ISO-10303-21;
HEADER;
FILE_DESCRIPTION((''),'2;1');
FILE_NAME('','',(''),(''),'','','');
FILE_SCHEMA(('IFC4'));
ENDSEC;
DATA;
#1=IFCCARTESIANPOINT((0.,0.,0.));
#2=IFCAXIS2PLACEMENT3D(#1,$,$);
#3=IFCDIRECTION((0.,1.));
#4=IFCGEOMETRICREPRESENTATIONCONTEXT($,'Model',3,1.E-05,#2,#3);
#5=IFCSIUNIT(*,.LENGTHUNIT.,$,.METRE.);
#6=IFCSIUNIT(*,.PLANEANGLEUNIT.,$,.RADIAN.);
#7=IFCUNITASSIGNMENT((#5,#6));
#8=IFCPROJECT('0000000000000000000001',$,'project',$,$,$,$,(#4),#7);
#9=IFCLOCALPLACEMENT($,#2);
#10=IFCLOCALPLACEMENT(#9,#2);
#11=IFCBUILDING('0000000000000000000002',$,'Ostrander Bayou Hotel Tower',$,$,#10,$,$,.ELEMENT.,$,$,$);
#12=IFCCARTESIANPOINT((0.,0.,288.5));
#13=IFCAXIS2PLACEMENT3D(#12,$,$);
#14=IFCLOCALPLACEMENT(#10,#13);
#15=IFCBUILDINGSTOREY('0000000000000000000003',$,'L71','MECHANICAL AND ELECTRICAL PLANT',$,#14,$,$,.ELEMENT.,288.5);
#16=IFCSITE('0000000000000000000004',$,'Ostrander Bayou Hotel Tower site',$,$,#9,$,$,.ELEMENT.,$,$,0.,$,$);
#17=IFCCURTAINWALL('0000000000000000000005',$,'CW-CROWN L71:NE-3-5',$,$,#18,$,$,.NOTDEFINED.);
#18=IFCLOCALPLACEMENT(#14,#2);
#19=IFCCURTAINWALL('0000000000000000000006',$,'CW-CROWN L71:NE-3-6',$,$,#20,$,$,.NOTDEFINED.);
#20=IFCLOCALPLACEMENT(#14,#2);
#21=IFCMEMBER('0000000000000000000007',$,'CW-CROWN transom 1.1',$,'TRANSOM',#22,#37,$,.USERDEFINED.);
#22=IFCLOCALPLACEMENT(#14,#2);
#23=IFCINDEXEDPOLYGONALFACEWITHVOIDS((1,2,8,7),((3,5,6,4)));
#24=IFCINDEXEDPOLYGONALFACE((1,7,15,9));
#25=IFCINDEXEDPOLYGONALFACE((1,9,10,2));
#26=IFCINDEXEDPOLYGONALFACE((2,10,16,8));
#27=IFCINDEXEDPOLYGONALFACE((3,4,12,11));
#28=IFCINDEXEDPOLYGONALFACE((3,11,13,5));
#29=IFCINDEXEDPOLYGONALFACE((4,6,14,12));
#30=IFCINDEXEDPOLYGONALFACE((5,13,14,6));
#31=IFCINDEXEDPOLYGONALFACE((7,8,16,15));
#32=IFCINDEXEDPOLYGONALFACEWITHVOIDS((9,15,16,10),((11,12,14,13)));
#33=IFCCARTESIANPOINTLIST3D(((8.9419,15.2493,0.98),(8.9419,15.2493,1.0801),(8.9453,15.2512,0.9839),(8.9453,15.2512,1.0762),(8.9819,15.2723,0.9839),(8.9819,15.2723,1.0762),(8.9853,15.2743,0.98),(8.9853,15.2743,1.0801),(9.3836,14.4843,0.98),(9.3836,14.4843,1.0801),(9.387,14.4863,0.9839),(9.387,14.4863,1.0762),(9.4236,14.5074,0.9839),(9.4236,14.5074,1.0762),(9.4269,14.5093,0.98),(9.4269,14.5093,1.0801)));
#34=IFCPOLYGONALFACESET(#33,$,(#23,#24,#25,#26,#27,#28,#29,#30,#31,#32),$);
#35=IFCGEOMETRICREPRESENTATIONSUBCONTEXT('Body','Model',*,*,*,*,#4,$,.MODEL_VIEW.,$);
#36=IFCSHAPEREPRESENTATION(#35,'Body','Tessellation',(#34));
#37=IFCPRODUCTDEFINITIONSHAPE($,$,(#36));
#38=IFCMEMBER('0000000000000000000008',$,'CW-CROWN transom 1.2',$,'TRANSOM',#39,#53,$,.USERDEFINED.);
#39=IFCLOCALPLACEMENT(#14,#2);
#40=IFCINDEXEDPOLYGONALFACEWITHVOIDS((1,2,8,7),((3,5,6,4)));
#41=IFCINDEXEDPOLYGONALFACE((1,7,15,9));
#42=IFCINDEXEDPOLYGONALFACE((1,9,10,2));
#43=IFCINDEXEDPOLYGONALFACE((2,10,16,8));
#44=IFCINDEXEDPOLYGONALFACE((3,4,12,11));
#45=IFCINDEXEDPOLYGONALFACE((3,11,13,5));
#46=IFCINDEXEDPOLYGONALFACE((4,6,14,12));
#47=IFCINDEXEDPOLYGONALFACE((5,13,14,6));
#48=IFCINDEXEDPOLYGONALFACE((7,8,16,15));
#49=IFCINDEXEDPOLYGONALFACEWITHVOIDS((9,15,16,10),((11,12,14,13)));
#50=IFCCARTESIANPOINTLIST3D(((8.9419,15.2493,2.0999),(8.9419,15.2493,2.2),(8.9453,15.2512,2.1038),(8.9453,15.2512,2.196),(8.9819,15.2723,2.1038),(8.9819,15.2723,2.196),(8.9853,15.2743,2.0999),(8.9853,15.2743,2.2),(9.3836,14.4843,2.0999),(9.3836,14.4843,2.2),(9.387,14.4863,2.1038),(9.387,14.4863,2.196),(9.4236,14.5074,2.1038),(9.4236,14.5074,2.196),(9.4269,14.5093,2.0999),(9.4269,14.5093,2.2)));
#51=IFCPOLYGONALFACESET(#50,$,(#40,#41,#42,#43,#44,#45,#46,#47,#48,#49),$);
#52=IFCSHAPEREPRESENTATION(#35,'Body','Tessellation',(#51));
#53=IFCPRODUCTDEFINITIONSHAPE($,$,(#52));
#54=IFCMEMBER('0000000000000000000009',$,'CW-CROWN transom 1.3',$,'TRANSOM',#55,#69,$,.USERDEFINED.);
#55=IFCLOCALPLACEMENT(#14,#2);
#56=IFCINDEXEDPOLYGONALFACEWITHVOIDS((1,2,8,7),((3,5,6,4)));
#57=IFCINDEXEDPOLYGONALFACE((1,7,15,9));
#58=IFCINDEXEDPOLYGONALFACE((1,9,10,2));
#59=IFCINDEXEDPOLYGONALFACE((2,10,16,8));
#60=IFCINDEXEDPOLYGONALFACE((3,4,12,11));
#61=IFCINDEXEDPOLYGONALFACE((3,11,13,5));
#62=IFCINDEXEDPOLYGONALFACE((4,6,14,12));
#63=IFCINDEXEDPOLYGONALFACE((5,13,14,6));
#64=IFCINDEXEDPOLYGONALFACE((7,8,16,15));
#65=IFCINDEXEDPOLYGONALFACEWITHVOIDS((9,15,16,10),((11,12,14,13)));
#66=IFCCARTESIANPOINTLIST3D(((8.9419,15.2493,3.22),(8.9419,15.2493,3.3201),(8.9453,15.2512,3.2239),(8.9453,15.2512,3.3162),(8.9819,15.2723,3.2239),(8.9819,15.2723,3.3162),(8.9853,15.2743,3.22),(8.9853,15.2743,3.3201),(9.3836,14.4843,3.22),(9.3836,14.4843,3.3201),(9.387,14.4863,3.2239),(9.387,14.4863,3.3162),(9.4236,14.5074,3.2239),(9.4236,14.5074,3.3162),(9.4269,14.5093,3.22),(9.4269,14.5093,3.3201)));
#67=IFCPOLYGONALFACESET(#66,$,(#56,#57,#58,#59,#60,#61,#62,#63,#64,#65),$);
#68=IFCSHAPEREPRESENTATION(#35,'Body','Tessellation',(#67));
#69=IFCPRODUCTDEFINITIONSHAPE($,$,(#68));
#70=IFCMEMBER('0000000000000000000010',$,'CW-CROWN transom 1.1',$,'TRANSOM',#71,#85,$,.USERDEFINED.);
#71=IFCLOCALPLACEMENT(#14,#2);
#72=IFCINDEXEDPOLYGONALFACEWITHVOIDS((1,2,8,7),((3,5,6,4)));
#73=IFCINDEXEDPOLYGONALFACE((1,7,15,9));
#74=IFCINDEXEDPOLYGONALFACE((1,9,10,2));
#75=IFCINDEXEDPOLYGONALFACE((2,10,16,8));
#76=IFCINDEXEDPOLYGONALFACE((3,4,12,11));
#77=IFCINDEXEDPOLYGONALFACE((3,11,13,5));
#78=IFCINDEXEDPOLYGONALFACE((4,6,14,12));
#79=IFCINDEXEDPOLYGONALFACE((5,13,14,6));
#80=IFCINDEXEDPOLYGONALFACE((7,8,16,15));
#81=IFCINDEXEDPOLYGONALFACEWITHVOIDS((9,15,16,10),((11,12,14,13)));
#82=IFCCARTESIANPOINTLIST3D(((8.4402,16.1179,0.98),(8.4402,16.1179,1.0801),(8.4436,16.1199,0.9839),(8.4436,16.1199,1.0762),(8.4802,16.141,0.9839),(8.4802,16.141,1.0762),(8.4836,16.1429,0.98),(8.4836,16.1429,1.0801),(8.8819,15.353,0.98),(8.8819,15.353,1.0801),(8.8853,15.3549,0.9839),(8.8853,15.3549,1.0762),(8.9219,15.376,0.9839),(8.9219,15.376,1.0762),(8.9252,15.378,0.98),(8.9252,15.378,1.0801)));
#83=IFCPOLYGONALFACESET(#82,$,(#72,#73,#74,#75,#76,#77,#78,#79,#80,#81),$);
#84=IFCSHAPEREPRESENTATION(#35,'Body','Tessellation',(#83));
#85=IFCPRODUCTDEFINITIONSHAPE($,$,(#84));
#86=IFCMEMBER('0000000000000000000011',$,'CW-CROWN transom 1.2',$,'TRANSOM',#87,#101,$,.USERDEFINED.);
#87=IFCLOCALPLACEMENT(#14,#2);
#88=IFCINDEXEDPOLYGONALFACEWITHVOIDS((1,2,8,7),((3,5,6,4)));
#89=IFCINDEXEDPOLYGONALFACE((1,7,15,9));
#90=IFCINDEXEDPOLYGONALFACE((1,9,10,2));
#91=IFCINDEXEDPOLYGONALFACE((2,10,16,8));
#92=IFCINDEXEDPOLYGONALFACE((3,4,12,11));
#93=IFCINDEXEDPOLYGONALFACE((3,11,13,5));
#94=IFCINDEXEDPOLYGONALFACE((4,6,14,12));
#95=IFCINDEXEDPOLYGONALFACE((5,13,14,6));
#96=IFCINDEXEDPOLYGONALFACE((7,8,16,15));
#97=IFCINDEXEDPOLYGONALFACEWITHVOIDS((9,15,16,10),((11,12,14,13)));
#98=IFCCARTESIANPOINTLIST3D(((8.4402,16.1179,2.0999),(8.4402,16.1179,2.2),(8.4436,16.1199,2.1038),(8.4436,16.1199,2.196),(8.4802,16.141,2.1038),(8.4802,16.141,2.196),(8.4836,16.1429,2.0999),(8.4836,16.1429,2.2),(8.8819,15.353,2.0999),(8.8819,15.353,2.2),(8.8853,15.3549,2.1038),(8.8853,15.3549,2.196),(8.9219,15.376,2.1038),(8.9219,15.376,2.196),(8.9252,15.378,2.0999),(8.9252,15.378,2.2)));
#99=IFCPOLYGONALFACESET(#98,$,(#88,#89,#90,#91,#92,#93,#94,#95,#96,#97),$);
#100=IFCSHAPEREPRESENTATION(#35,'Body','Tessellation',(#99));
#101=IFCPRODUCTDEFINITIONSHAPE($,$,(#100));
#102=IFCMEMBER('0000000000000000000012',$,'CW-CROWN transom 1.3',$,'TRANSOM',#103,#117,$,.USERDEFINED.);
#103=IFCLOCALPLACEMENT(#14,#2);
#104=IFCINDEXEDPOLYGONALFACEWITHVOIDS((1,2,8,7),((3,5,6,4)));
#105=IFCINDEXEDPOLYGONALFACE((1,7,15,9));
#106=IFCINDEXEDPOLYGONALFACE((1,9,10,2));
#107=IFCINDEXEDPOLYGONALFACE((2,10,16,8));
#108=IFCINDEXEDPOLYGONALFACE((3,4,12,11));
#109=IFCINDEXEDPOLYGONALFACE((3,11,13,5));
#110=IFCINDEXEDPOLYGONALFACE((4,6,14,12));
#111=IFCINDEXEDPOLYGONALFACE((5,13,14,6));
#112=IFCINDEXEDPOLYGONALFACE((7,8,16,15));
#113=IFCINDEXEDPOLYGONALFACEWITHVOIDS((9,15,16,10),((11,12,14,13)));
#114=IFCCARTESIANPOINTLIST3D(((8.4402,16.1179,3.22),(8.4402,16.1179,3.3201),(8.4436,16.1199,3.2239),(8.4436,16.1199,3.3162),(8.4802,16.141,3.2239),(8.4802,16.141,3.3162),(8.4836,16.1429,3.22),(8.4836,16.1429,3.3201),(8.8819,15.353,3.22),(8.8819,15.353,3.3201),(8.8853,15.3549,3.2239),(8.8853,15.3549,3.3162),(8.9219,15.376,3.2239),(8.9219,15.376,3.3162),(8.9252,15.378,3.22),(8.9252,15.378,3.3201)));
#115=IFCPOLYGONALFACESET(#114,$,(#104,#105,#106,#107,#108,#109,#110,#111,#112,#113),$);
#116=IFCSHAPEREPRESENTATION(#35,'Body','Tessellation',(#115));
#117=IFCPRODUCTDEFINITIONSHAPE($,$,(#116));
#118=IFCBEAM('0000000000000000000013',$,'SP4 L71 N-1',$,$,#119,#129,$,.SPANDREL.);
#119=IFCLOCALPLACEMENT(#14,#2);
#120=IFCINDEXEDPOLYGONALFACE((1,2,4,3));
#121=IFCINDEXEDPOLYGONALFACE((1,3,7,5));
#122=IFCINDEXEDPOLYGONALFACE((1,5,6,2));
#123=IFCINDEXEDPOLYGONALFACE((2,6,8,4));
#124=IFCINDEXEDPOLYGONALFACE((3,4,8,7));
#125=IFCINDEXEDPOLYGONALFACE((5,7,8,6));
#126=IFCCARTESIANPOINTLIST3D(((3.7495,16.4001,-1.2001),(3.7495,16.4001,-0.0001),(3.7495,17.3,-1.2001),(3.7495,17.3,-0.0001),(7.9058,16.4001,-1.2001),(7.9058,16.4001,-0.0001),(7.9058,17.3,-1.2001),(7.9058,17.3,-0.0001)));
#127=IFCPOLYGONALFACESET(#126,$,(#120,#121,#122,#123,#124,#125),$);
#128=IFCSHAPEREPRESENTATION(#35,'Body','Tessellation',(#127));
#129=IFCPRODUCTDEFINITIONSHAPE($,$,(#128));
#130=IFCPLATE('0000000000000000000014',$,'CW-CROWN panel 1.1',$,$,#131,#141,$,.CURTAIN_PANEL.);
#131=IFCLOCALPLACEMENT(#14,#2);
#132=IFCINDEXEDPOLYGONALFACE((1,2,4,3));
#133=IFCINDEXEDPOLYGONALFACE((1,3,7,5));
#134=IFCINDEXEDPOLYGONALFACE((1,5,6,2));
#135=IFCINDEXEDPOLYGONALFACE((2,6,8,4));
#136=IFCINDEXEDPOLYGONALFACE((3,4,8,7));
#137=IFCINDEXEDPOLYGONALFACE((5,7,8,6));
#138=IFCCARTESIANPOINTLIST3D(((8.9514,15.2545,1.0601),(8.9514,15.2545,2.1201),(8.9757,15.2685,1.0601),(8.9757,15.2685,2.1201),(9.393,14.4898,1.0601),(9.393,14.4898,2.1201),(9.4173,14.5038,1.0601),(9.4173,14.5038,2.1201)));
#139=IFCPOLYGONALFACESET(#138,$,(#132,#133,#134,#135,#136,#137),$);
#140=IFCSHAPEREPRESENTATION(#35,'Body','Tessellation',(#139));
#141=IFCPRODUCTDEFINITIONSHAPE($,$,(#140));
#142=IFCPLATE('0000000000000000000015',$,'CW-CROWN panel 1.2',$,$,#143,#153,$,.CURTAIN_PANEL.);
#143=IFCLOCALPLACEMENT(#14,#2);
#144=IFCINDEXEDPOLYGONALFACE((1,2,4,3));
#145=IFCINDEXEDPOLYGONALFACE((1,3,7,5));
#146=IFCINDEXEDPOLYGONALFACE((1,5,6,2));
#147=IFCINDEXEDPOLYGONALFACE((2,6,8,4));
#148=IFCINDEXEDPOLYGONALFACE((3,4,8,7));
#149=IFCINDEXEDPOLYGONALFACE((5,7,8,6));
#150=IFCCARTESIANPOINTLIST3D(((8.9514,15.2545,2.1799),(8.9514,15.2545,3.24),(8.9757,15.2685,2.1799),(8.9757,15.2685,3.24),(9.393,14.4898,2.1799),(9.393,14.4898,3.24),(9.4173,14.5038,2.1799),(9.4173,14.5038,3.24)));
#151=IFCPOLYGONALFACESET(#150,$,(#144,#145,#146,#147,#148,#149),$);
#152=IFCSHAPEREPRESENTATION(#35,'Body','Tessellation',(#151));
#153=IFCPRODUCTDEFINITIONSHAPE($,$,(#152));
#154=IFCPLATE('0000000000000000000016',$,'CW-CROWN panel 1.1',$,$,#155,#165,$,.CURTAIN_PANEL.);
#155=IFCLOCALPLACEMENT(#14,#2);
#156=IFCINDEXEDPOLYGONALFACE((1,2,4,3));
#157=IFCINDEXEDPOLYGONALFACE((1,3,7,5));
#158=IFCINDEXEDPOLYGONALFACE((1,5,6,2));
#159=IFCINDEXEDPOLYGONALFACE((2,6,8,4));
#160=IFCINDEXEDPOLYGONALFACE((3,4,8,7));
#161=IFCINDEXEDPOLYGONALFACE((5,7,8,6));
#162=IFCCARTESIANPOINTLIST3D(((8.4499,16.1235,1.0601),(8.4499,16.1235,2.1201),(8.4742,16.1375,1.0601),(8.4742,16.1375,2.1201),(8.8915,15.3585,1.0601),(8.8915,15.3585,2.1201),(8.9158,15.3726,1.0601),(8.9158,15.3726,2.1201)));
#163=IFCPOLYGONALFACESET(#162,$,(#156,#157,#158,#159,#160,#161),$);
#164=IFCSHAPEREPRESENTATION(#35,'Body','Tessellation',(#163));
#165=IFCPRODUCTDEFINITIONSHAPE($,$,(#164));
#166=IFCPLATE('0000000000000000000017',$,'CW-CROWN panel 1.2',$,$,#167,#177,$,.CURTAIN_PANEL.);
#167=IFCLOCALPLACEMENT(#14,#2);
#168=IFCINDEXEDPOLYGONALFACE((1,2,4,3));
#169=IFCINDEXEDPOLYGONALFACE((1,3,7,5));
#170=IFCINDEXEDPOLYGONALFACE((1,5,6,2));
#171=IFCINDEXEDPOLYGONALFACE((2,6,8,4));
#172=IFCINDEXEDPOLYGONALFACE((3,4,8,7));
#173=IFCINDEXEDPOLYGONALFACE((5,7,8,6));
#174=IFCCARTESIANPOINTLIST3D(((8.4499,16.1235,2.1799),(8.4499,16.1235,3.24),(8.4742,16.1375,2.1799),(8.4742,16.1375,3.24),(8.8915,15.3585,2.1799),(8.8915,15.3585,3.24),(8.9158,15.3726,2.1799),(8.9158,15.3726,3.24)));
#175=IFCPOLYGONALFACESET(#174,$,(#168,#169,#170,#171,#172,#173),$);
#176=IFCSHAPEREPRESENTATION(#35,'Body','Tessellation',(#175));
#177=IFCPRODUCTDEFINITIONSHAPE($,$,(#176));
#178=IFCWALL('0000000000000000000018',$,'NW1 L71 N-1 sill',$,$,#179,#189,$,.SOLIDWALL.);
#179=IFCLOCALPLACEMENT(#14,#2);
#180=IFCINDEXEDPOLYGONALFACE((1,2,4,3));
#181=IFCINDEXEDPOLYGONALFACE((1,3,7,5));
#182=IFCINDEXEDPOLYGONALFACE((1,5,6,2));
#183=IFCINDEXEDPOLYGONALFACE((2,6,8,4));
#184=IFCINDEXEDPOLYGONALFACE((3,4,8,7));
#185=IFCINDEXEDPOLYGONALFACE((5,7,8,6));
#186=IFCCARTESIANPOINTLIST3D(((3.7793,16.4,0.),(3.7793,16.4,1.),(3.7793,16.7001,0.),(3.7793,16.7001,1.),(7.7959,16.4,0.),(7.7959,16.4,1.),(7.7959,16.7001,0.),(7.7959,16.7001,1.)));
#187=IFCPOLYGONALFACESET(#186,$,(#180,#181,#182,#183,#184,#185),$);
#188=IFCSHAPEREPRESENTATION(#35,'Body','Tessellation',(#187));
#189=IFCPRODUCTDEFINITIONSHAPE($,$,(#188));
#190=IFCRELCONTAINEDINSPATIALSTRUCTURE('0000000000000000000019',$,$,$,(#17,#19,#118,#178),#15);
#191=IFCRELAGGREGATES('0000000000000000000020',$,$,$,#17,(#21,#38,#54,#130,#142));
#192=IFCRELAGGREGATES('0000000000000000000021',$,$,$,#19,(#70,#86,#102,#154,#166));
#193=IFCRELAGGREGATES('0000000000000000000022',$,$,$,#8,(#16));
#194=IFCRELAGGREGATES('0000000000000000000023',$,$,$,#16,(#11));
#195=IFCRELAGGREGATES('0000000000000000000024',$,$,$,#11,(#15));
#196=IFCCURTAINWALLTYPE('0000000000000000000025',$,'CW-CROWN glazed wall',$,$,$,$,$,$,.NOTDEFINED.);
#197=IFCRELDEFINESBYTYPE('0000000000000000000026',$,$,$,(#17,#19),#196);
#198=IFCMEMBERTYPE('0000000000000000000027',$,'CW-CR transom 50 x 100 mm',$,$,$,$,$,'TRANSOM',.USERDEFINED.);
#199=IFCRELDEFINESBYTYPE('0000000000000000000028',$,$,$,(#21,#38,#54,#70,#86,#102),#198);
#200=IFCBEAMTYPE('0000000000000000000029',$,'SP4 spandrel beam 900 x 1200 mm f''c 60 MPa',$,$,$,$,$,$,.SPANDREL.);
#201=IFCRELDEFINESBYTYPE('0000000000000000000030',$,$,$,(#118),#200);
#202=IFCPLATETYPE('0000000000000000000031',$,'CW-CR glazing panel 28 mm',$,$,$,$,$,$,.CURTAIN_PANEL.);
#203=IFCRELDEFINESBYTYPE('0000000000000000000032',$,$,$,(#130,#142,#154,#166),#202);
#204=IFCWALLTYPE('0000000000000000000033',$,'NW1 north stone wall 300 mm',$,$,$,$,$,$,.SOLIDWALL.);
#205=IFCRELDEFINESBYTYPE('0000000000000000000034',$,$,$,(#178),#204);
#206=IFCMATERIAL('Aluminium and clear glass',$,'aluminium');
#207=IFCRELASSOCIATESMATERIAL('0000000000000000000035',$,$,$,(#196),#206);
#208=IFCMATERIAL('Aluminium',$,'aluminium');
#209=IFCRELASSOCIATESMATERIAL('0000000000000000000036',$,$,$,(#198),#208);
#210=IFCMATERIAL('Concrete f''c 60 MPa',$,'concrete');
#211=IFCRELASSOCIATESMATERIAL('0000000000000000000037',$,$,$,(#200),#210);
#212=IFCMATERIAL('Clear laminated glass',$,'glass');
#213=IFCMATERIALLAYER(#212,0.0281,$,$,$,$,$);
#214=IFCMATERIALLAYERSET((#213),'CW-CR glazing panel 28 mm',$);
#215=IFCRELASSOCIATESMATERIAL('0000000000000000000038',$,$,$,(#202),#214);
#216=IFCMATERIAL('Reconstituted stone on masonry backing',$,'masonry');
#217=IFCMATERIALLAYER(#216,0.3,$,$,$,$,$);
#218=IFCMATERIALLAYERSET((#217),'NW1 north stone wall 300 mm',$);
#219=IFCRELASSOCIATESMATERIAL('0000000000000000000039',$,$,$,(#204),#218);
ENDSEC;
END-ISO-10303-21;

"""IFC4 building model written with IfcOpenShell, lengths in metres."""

from ifc_helpers import new_model, si_unit, direction, frame, frame_2d, origin, origin_2d, place, context, subcontext, project, spatial, rectangle, hollow_rectangle, extrude, material, layer, layer_set, material_profile, profile_set, type_object, element, aggregate, save


model = new_model("IFC4")

# Units and contexts
model_context = context("Model", 3, precision=1e-05, world=origin(), true_north=direction((0.0, 1.0)))
body_context = subcontext(model_context, "Body", "Model", "MODEL_VIEW")
ifc_project = project(units=[si_unit("LENGTHUNIT", "METRE"), si_unit("PLANEANGLEUNIT", "RADIAN")], contexts=[model_context])

# Site, building, storey
site_placement = place(None, origin())
site = spatial("IfcSite", under=ifc_project, at=site_placement, Name="Ostrander Bayou Hotel Tower site", CompositionType="ELEMENT", RefElevation=0.0)
building_placement = place(site_placement, origin())
building = spatial("IfcBuilding", under=site, at=building_placement, Name="Ostrander Bayou Hotel Tower", CompositionType="ELEMENT")
storey_placement = place(building_placement, frame((0.0, 0.0, 288.5)))
storey = spatial("IfcBuildingStorey", under=building, at=storey_placement, Name="L71", Description="MECHANICAL AND ELECTRICAL PLANT", CompositionType="ELEMENT", Elevation=288.5)

# Shared definitions
ifc_material_1 = material(Name="Aluminium and clear glass", Category="aluminium")
curtain_wall_type = type_object("IfcCurtainWallType", Name="CW-CROWN glazed wall", PredefinedType="NOTDEFINED", material=ifc_material_1)

# Curtain walls
curtain_wall_1_placement = place(storey_placement, origin())
curtain_wall_1 = element("IfcCurtainWall", 1, at=curtain_wall_1_placement, inside=storey, type_object=curtain_wall_type, Name="CW-CROWN L71:NE-3-5", PredefinedType="NOTDEFINED")
curtain_wall_2_placement = place(storey_placement, origin())
curtain_wall_2 = element("IfcCurtainWall", 2, at=curtain_wall_2_placement, inside=storey, type_object=curtain_wall_type, Name="CW-CROWN L71:NE-3-6", PredefinedType="NOTDEFINED")

# Members
ifc_material_2 = material(Name="Aluminium", Category="aluminium")
ifc_material_profile_1 = material_profile(ifc_material_2, hollow_rectangle(XDim=0.05, YDim=0.1001, WallThickness=0.0039, at=origin_2d()))
ifc_profile_set_1 = profile_set([ifc_material_profile_1], Name="Aluminium")
member_type_1 = type_object("IfcMemberType", Name="CW-CR transom 50 x 100 mm", ElementType="TRANSOM", PredefinedType="USERDEFINED", material=ifc_profile_set_1)
member_1_placement = place(storey_placement, frame((9.4053, 14.4968, 1.03), z_axis=(-0.500034, 0.866006, 0.0), x_axis=(-0.866006, -0.500034, 0.0)))
member_1 = element("IfcMember", 3, at=member_1_placement, type_object=member_type_1, Name="CW-CROWN transom 1.1", ObjectType="TRANSOM", PredefinedType="USERDEFINED", context=body_context, shape_type="SweptSolid", body=[
    extrude(hollow_rectangle(XDim=0.05, YDim=0.1001, WallThickness=0.0039, at=origin_2d()), origin(), (0.0, 0.0, 1.0), 0.8833),
])
member_2_placement = place(storey_placement, frame((9.4053, 14.4968, 2.1499), z_axis=(-0.500034, 0.866006, 0.0), x_axis=(-0.866006, -0.500034, 0.0)))
member_2 = element("IfcMember", 4, at=member_2_placement, type_object=member_type_1, Name="CW-CROWN transom 1.2", ObjectType="TRANSOM", PredefinedType="USERDEFINED", context=body_context, shape_type="SweptSolid", body=[
    extrude(hollow_rectangle(XDim=0.05, YDim=0.1001, WallThickness=0.0039, at=origin_2d()), origin(), (0.0, 0.0, 1.0), 0.8833),
])
member_3_placement = place(storey_placement, frame((9.4053, 14.4968, 3.27), z_axis=(-0.500034, 0.866006, 0.0), x_axis=(-0.866006, -0.500034, 0.0)))
member_3 = element("IfcMember", 5, at=member_3_placement, type_object=member_type_1, Name="CW-CROWN transom 1.3", ObjectType="TRANSOM", PredefinedType="USERDEFINED", context=body_context, shape_type="SweptSolid", body=[
    extrude(hollow_rectangle(XDim=0.05, YDim=0.1001, WallThickness=0.0039, at=origin_2d()), origin(), (0.0, 0.0, 1.0), 0.8833),
])
member_4_placement = place(storey_placement, frame((8.9036, 15.3655, 1.03), z_axis=(-0.500034, 0.866006, 0.0), x_axis=(-0.866006, -0.500034, 0.0)))
member_4 = element("IfcMember", 6, at=member_4_placement, type_object=member_type_1, Name="CW-CROWN transom 1.1", ObjectType="TRANSOM", PredefinedType="USERDEFINED", context=body_context, shape_type="SweptSolid", body=[
    extrude(hollow_rectangle(XDim=0.05, YDim=0.1001, WallThickness=0.0039, at=origin_2d()), origin(), (0.0, 0.0, 1.0), 0.8833),
])
member_5_placement = place(storey_placement, frame((8.9036, 15.3655, 2.1499), z_axis=(-0.500034, 0.866006, 0.0), x_axis=(-0.866006, -0.500034, 0.0)))
member_5 = element("IfcMember", 7, at=member_5_placement, type_object=member_type_1, Name="CW-CROWN transom 1.2", ObjectType="TRANSOM", PredefinedType="USERDEFINED", context=body_context, shape_type="SweptSolid", body=[
    extrude(hollow_rectangle(XDim=0.05, YDim=0.1001, WallThickness=0.0039, at=origin_2d()), origin(), (0.0, 0.0, 1.0), 0.8833),
])
member_6_placement = place(storey_placement, frame((8.9036, 15.3655, 3.27), z_axis=(-0.500034, 0.866006, 0.0), x_axis=(-0.866006, -0.500034, 0.0)))
member_6 = element("IfcMember", 8, at=member_6_placement, type_object=member_type_1, Name="CW-CROWN transom 1.3", ObjectType="TRANSOM", PredefinedType="USERDEFINED", context=body_context, shape_type="SweptSolid", body=[
    extrude(hollow_rectangle(XDim=0.05, YDim=0.1001, WallThickness=0.0039, at=origin_2d()), origin(), (0.0, 0.0, 1.0), 0.8833),
])

# Beam
ifc_material_3 = material(Name="Concrete f'c 60 MPa", Category="concrete")
ifc_material_profile_2 = material_profile(ifc_material_3, rectangle(XDim=0.8999, YDim=1.2, at=origin_2d()))
ifc_profile_set_2 = profile_set([ifc_material_profile_2], Name="Concrete f'c 60 MPa")
beam_type = type_object("IfcBeamType", Name="SP4 spandrel beam 900 x 1200 mm f'c 60 MPa", PredefinedType="SPANDREL", material=ifc_profile_set_2)
beam_placement = place(storey_placement, frame((7.9058, 16.8501, -0.6001), z_axis=(-1.0, 0.0, 0.0), x_axis=(0.0, -1.0, 0.0)))
element("IfcBeam", 9, at=beam_placement, inside=storey, type_object=beam_type, Name="SP4 L71 N-1", PredefinedType="SPANDREL", context=body_context, shape_type="SweptSolid", body=[
    extrude(rectangle(XDim=0.8999, YDim=1.2, at=origin_2d()), origin(), (0.0, 0.0, 1.0), 4.1562),
])

# Plates
ifc_material_4 = material(Name="Clear laminated glass", Category="glass")
ifc_layer_1 = layer(ifc_material_4, 0.0281)
ifc_layer_set_1 = layer_set([ifc_layer_1], Name="CW-CR glazing panel 28 mm")
plate_type = type_object("IfcPlateType", Name="CW-CR glazing panel 28 mm", PredefinedType="CURTAIN_PANEL", material=ifc_layer_set_1)
plate_1_placement = place(storey_placement, frame((9.1843, 14.8792, 1.0601), z_axis=(0.0, 0.0, 1.0), x_axis=(-0.500042, 0.866001, 0.0)))
plate_1 = element("IfcPlate", 10, at=plate_1_placement, type_object=plate_type, Name="CW-CROWN panel 1.1", PredefinedType="CURTAIN_PANEL", context=body_context, shape_type="SweptSolid", body=[
    extrude(rectangle(XDim=0.8831, YDim=0.0281, at=origin_2d()), origin(), (0.0, 0.0, 1.0), 1.0601),
])
plate_2_placement = place(storey_placement, frame((9.1843, 14.8792, 2.1799), z_axis=(0.0, 0.0, 1.0), x_axis=(-0.500042, 0.866001, 0.0)))
plate_2 = element("IfcPlate", 11, at=plate_2_placement, type_object=plate_type, Name="CW-CROWN panel 1.2", PredefinedType="CURTAIN_PANEL", context=body_context, shape_type="SweptSolid", body=[
    extrude(rectangle(XDim=0.8831, YDim=0.0281, at=origin_2d()), origin(), (0.0, 0.0, 1.0), 1.0601),
])
aggregate(curtain_wall_1, [member_1, member_2, member_3, plate_1, plate_2])
plate_3_placement = place(storey_placement, frame((8.6829, 15.748, 1.0601), z_axis=(0.0, 0.0, 1.0), x_axis=(-0.499999, 0.866026, 0.0)))
plate_3 = element("IfcPlate", 12, at=plate_3_placement, type_object=plate_type, Name="CW-CROWN panel 1.1", PredefinedType="CURTAIN_PANEL", context=body_context, shape_type="SweptSolid", body=[
    extrude(rectangle(XDim=0.8833, YDim=0.0281, at=origin_2d()), origin(), (0.0, 0.0, 1.0), 1.0601),
])
plate_4_placement = place(storey_placement, frame((8.6829, 15.748, 2.1799), z_axis=(0.0, 0.0, 1.0), x_axis=(-0.499999, 0.866026, 0.0)))
plate_4 = element("IfcPlate", 13, at=plate_4_placement, type_object=plate_type, Name="CW-CROWN panel 1.2", PredefinedType="CURTAIN_PANEL", context=body_context, shape_type="SweptSolid", body=[
    extrude(rectangle(XDim=0.8833, YDim=0.0281, at=origin_2d()), origin(), (0.0, 0.0, 1.0), 1.0601),
])
aggregate(curtain_wall_2, [member_4, member_5, member_6, plate_3, plate_4])

# Wall
ifc_material_5 = material(Name="Reconstituted stone on masonry backing", Category="masonry")
ifc_layer_2 = layer(ifc_material_5, 0.3)
ifc_layer_set_2 = layer_set([ifc_layer_2], Name="NW1 north stone wall 300 mm")
wall_type = type_object("IfcWallType", Name="NW1 north stone wall 300 mm", PredefinedType="SOLIDWALL", material=ifc_layer_set_2)
wall_1_placement = place(storey_placement, frame((7.7959, 16.55, 0.0), z_axis=(0.0, 0.0, 1.0), x_axis=(-1.0, 0.0, 0.0)))
element("IfcWall", 14, at=wall_1_placement, inside=storey, type_object=wall_type, Name="NW1 L71 N-1 sill", PredefinedType="SOLIDWALL", context=body_context, shape_type="SweptSolid", body=[
    extrude(rectangle(XDim=4.0166, YDim=0.3, at=frame_2d((2.0083, 0.0))), origin(), (0.0, 0.0, 1.0), 1.0),
])

save(model, "model.ifc")
